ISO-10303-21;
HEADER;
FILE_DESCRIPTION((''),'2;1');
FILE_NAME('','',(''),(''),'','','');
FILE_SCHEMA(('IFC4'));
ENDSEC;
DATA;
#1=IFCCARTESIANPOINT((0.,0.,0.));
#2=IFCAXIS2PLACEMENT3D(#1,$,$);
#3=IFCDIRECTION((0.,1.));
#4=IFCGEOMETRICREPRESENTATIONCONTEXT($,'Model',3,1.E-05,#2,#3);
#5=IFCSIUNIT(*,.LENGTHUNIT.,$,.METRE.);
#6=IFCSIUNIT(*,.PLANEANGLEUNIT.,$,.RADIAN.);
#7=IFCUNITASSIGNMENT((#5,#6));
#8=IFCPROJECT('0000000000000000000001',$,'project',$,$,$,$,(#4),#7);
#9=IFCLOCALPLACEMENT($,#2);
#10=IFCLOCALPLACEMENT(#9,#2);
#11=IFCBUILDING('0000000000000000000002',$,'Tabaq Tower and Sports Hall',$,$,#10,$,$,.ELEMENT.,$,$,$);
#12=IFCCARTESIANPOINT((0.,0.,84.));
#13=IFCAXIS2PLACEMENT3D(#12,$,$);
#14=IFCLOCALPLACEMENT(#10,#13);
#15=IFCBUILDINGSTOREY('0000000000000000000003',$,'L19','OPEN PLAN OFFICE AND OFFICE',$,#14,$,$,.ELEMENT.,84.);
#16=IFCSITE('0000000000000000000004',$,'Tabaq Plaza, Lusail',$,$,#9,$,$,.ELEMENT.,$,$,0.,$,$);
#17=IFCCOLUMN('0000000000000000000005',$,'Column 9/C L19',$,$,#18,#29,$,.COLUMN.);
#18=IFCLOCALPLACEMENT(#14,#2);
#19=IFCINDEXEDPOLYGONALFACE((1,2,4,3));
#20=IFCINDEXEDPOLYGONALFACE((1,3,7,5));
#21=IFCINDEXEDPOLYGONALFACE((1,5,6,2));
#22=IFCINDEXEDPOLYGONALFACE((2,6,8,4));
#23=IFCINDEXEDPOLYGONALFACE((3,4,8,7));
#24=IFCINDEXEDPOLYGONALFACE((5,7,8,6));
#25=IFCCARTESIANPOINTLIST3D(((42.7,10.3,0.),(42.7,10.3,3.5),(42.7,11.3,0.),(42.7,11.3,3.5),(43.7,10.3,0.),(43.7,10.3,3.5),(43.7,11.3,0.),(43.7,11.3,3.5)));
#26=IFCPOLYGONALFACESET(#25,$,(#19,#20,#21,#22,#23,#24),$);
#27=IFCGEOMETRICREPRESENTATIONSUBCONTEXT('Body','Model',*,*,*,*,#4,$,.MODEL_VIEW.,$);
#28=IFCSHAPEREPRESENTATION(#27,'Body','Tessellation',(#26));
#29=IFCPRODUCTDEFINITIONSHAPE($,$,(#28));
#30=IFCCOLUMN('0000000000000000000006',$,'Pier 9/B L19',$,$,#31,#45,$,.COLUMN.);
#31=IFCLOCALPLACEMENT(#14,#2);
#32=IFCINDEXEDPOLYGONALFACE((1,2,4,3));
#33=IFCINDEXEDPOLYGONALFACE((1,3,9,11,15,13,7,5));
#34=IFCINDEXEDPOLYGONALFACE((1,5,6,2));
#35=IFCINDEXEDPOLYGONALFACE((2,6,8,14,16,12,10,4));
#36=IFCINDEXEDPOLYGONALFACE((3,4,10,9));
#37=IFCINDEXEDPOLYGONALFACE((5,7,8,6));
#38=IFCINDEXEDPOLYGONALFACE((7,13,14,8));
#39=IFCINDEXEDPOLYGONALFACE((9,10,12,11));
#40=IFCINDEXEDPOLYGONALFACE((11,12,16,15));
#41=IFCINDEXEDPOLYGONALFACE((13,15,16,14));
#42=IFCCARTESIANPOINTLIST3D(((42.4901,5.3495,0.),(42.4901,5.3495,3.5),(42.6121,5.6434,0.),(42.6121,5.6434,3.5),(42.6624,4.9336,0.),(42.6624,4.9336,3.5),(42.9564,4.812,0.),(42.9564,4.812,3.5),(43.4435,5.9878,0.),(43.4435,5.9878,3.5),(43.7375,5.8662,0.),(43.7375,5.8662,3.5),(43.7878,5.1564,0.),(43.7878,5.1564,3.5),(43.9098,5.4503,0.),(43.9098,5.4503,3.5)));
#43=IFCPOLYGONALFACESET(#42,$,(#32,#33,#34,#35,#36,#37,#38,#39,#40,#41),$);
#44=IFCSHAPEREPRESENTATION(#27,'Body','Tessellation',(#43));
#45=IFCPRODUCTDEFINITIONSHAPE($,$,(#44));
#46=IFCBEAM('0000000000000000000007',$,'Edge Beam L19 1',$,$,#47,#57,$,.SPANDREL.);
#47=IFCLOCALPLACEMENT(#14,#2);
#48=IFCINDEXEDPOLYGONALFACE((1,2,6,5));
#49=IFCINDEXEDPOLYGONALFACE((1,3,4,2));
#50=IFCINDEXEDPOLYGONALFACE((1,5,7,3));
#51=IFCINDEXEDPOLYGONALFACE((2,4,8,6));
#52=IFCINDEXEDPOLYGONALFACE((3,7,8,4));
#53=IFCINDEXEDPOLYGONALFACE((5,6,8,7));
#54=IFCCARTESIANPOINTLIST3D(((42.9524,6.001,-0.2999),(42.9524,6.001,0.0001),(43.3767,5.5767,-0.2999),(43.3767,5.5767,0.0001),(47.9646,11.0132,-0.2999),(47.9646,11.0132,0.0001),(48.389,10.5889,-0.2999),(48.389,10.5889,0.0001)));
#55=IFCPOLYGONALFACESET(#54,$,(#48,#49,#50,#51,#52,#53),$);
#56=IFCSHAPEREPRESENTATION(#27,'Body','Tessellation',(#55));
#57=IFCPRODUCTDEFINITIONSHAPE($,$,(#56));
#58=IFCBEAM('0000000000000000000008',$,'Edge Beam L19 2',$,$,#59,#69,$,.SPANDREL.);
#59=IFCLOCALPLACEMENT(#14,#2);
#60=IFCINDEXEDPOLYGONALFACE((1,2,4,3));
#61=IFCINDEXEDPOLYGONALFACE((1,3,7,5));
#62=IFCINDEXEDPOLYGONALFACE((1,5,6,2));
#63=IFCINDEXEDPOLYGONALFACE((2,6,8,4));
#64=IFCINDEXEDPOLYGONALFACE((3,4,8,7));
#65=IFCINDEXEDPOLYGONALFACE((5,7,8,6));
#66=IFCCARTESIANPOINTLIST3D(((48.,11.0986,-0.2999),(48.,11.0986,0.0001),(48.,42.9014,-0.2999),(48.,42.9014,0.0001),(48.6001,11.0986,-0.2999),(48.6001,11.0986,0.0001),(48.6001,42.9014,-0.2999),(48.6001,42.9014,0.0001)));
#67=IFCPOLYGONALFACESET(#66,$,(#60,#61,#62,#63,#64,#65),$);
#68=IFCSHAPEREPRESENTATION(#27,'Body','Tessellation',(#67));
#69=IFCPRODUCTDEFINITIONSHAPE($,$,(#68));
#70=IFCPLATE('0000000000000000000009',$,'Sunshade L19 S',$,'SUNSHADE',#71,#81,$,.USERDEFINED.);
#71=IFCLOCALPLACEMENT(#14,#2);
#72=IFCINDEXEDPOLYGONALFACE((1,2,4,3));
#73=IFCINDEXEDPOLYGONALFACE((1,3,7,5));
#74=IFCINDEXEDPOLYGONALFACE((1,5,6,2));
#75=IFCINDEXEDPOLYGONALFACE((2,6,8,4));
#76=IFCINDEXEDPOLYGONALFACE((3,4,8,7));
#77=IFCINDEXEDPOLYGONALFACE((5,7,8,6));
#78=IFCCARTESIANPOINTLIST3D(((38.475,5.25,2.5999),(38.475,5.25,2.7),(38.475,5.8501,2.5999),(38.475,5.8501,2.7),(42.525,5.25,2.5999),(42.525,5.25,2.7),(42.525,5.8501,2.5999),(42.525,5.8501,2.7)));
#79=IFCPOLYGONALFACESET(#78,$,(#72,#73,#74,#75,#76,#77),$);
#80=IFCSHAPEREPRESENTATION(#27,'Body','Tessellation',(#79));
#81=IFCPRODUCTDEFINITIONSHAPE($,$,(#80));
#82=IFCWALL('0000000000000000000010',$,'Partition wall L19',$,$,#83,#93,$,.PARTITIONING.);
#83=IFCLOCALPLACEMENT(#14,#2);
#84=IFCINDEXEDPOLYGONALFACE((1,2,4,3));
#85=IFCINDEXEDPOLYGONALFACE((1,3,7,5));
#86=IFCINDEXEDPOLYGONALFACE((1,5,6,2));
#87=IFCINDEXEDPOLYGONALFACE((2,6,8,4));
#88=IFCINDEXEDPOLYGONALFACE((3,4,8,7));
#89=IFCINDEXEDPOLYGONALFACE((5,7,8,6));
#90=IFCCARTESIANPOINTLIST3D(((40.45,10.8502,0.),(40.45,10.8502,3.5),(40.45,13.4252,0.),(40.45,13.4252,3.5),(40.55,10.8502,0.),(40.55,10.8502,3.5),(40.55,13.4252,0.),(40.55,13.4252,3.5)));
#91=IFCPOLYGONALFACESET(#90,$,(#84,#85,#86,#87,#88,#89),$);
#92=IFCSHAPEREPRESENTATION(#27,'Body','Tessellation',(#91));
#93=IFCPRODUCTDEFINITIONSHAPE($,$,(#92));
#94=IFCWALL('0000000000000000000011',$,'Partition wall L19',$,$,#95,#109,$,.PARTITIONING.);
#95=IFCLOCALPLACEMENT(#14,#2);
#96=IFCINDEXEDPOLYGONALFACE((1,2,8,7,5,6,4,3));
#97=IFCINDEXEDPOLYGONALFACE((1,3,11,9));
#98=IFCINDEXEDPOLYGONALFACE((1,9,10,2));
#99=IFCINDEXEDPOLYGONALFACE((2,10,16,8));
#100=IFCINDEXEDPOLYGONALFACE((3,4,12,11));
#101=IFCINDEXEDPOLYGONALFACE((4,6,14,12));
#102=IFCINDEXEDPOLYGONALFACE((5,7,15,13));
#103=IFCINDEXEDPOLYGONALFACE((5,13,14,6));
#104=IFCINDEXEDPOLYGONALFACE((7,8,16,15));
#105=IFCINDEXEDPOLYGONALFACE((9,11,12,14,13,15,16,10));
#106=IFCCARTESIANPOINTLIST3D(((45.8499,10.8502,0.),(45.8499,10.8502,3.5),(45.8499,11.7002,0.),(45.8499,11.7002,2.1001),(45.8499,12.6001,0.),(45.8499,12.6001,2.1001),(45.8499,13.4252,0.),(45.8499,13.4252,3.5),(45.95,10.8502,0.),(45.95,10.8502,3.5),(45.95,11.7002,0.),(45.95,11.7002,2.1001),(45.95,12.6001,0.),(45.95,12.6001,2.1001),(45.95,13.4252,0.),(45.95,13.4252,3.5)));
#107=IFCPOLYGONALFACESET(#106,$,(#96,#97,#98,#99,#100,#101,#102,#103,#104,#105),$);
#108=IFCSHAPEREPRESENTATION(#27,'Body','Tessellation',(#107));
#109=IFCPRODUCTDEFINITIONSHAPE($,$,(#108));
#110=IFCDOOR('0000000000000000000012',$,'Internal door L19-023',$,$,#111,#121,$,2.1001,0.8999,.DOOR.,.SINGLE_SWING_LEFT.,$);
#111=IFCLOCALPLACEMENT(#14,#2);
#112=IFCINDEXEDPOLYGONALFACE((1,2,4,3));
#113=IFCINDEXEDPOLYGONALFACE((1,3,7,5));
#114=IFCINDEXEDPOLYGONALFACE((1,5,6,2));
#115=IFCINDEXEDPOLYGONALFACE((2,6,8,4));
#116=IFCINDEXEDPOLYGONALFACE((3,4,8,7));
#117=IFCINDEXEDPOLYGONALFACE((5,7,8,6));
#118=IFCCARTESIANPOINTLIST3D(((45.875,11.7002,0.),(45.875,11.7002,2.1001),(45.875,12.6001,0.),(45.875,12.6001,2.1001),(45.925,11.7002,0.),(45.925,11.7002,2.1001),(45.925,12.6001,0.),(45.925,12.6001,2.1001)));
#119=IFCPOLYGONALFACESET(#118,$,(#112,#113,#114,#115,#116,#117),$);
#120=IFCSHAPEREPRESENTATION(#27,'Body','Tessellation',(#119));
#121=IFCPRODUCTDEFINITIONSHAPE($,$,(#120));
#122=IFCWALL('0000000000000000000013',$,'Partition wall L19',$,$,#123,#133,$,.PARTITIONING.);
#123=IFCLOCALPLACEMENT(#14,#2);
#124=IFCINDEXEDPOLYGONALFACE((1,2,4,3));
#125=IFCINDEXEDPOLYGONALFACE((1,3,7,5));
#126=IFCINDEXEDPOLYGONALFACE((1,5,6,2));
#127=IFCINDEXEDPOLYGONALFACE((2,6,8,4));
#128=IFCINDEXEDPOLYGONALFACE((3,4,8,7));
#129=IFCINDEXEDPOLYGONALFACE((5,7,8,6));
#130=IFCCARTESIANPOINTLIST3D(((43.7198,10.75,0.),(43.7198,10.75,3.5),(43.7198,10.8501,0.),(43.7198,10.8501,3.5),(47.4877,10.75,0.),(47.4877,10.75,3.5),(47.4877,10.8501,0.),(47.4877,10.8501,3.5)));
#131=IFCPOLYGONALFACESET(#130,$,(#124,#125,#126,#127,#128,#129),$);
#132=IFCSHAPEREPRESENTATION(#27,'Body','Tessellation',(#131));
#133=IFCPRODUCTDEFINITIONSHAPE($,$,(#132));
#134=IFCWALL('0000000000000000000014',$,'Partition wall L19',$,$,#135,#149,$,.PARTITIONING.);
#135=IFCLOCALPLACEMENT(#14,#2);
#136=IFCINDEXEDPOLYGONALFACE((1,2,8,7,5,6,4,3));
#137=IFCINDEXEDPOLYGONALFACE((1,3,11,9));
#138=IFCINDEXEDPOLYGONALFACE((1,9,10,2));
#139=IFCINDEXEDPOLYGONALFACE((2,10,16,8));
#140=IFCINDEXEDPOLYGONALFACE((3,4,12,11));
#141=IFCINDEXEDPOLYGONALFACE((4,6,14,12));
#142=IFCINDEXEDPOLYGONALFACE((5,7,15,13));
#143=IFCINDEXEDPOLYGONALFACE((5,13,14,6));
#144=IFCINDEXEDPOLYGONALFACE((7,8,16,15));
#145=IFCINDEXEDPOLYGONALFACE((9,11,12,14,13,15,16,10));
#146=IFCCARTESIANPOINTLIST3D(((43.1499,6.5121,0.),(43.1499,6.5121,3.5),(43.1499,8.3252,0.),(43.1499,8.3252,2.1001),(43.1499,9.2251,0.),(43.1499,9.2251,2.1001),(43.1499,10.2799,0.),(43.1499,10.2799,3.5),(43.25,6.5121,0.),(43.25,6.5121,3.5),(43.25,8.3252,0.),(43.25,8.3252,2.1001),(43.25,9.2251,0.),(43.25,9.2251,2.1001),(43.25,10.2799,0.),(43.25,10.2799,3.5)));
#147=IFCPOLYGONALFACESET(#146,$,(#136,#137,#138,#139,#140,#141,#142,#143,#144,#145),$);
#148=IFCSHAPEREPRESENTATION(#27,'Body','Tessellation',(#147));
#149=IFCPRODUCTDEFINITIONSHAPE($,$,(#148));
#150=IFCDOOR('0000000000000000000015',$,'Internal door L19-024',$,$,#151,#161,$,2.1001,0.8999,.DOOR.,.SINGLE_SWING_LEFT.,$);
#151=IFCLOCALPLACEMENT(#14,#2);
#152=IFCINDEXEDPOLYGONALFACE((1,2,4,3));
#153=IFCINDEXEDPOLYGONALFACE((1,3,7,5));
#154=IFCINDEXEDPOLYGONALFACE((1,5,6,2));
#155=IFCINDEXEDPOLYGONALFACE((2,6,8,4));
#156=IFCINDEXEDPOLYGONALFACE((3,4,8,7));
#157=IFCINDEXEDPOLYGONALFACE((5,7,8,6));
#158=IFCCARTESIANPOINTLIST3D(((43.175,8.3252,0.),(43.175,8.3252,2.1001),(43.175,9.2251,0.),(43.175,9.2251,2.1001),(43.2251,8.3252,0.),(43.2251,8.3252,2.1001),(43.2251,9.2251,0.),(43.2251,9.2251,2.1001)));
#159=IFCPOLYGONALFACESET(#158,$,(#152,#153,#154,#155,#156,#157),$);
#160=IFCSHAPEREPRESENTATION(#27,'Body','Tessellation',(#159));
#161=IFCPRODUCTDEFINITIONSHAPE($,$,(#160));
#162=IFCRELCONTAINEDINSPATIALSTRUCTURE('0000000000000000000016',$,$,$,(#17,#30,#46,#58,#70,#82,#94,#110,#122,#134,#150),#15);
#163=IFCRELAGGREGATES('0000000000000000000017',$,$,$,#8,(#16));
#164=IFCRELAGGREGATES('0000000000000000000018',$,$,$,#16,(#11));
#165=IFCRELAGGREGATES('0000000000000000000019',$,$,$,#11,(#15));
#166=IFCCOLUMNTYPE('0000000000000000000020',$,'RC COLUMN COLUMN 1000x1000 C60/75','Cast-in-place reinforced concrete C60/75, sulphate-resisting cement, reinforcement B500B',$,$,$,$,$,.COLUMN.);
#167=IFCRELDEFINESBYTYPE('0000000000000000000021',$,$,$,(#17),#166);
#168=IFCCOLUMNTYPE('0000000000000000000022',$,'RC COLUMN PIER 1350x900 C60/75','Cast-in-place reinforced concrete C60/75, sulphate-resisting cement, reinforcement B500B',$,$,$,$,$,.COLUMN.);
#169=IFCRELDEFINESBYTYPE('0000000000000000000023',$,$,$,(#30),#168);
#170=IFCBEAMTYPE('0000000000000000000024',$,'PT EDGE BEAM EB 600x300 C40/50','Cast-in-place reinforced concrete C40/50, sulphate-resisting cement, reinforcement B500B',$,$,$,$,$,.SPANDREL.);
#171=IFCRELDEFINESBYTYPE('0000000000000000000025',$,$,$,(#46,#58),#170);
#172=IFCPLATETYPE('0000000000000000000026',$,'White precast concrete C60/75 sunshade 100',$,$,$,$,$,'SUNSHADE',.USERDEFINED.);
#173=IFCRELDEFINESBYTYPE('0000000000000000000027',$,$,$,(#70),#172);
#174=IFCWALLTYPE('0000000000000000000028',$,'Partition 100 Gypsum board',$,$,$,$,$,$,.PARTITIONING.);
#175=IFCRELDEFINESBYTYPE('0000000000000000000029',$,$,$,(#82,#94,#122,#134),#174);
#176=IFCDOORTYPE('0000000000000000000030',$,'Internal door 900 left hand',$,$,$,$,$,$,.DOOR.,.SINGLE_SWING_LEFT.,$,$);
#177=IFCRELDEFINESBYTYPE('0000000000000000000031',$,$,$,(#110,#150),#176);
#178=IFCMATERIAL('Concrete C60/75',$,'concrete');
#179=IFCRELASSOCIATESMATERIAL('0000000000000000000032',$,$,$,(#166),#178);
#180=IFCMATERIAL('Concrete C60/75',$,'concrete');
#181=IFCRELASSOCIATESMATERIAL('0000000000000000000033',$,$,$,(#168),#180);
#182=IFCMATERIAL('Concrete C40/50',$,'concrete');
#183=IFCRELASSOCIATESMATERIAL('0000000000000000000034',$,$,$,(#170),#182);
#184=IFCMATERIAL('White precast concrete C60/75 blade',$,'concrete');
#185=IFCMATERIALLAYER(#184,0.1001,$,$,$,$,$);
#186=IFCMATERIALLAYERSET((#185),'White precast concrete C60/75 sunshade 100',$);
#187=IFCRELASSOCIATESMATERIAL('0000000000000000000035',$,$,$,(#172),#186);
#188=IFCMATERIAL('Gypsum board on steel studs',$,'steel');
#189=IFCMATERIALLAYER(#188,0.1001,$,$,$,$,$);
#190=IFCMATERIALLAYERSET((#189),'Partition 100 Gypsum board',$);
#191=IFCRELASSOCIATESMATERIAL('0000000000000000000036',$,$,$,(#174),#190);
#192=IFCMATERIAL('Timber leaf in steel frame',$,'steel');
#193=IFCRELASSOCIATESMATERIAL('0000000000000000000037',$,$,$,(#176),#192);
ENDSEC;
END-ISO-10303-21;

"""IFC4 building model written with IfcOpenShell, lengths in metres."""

from ifc_helpers import new_model, si_unit, direction, frame, frame_2d, origin, origin_2d, place, context, subcontext, project, spatial, polyline, rectangle, outline, extrude, material, layer, layer_set, material_profile, profile_set, type_object, element, fill, save


model = new_model("IFC4")

# Units and contexts
model_context = context("Model", 3, precision=1e-05, world=origin(), true_north=direction((0.0, 1.0)))
body_context = subcontext(model_context, "Body", "Model", "MODEL_VIEW")
ifc_project = project(units=[si_unit("LENGTHUNIT", "METRE"), si_unit("PLANEANGLEUNIT", "RADIAN")], contexts=[model_context])

# Site, building, storey
site_placement = place(None, origin())
site = spatial("IfcSite", under=ifc_project, at=site_placement, Name="Tabaq Plaza, Lusail", CompositionType="ELEMENT", RefElevation=0.0)
building_placement = place(site_placement, origin())
building = spatial("IfcBuilding", under=site, at=building_placement, Name="Tabaq Tower and Sports Hall", CompositionType="ELEMENT")
storey_placement = place(building_placement, frame((0.0, 0.0, 84.0)))
storey = spatial("IfcBuildingStorey", under=building, at=storey_placement, Name="L19", Description="OPEN PLAN OFFICE AND OFFICE", CompositionType="ELEMENT", Elevation=84.0)

# Columns
ifc_material_1 = material(Name="Concrete C60/75", Category="concrete")
ifc_material_profile_1 = material_profile(ifc_material_1, rectangle(XDim=1.0, YDim=1.0, at=origin_2d()), Name="COLUMN 1000x1000")
ifc_profile_set_1 = profile_set([ifc_material_profile_1], Name="Concrete C60/75")
column_type_1 = type_object("IfcColumnType", Name="RC COLUMN COLUMN 1000x1000 C60/75", Description="Cast-in-place reinforced concrete C60/75, sulphate-resisting cement, reinforcement B500B", PredefinedType="COLUMN", material=ifc_profile_set_1)
column_1_placement = place(storey_placement, frame((43.2, 10.8, 0.0), z_axis=(0.0, 0.0, 1.0), x_axis=(1.0, 0.0, 0.0)))
element("IfcColumn", 1, at=column_1_placement, inside=storey, type_object=column_type_1, Name="Column 9/C L19", PredefinedType="COLUMN", context=body_context, shape_type="SweptSolid", body=[
    extrude(rectangle(XDim=1.0, YDim=1.0, at=origin_2d()), origin(), (0.0, 0.0, 1.0), 3.5),
])
ifc_material_2 = material(Name="Concrete C60/75", Category="concrete")
ifc_material_profile_2 = material_profile(ifc_material_2, outline(polyline([(-0.45, -0.45), (0.45, -0.45), (0.675, -0.2251), (0.675, 0.2251), (0.45, 0.45), (-0.45, 0.45), (-0.675, 0.2251), (-0.675, -0.2251), (-0.45, -0.45)])), Name="PIER 1350x900")
ifc_profile_set_2 = profile_set([ifc_material_profile_2], Name="Concrete C60/75")
column_type_2 = type_object("IfcColumnType", Name="RC COLUMN PIER 1350x900 C60/75", Description="Cast-in-place reinforced concrete C60/75, sulphate-resisting cement, reinforcement B500B", PredefinedType="COLUMN", material=ifc_profile_set_2)
column_2_placement = place(storey_placement, frame((43.2, 5.3999, 0.0), z_axis=(0.0, 0.0, 1.0), x_axis=(0.92388, 0.382683, 0.0)))
element("IfcColumn", 2, at=column_2_placement, inside=storey, type_object=column_type_2, Name="Pier 9/B L19", PredefinedType="COLUMN", context=body_context, shape_type="SweptSolid", body=[
    extrude(outline(polyline([(-0.45, -0.45), (0.45, -0.45), (0.675, -0.2251), (0.675, 0.2251), (0.45, 0.45), (-0.45, 0.45), (-0.675, 0.2251), (-0.675, -0.2251), (-0.45, -0.45)])), origin(), (0.0, 0.0, 1.0), 3.5),
])

# Beams
ifc_material_3 = material(Name="Concrete C40/50", Category="concrete")
ifc_material_profile_3 = material_profile(ifc_material_3, rectangle(XDim=0.6001, YDim=0.3, at=origin_2d()), Name="EB 600x300")
ifc_profile_set_3 = profile_set([ifc_material_profile_3], Name="Concrete C40/50")
beam_type = type_object("IfcBeamType", Name="PT EDGE BEAM EB 600x300 C40/50", Description="Cast-in-place reinforced concrete C40/50, sulphate-resisting cement, reinforcement B500B", PredefinedType="SPANDREL", material=ifc_profile_set_3)
beam_1_placement = place(storey_placement, frame((43.1646, 5.7888, -0.1499), z_axis=(0.707107, 0.707107, 0.0), x_axis=(-0.707107, 0.707107, 0.0)))
element("IfcBeam", 3, at=beam_1_placement, inside=storey, type_object=beam_type, Name="Edge Beam L19 1", PredefinedType="SPANDREL", context=body_context, shape_type="SweptSolid", body=[
    extrude(rectangle(XDim=0.6001, YDim=0.3, at=origin_2d()), origin(), (0.0, 0.0, 1.0), 7.0884),
])
beam_2_placement = place(storey_placement, frame((48.3, 11.0986, -0.1499), z_axis=(0.0, 1.0, 0.0), x_axis=(-1.0, 0.0, 0.0)))
element("IfcBeam", 4, at=beam_2_placement, inside=storey, type_object=beam_type, Name="Edge Beam L19 2", PredefinedType="SPANDREL", context=body_context, shape_type="SweptSolid", body=[
    extrude(rectangle(XDim=0.6001, YDim=0.3, at=origin_2d()), origin(), (0.0, 0.0, 1.0), 31.8027),
])

# Plate
ifc_material_4 = material(Name="White precast concrete C60/75 blade", Category="concrete")
ifc_layer_1 = layer(ifc_material_4, 0.1001)
ifc_layer_set_1 = layer_set([ifc_layer_1], Name="White precast concrete C60/75 sunshade 100")
plate_type = type_object("IfcPlateType", Name="White precast concrete C60/75 sunshade 100", ElementType="SUNSHADE", PredefinedType="USERDEFINED", material=ifc_layer_set_1)
plate_placement = place(storey_placement, frame((40.5, 5.55, 2.5999), z_axis=(0.0, 0.0, 1.0), x_axis=(1.0, 0.0, 0.0)))
element("IfcPlate", 5, at=plate_placement, inside=storey, type_object=plate_type, Name="Sunshade L19 S", ObjectType="SUNSHADE", PredefinedType="USERDEFINED", context=body_context, shape_type="SweptSolid", body=[
    extrude(rectangle(XDim=4.05, YDim=0.6001, at=origin_2d()), origin(), (0.0, 0.0, 1.0), 0.1001),
])

# Wall
ifc_material_5 = material(Name="Gypsum board on steel studs", Category="steel")
ifc_layer_2 = layer(ifc_material_5, 0.1001)
ifc_layer_set_2 = layer_set([ifc_layer_2], Name="Partition 100 Gypsum board")
wall_type_1 = type_object("IfcWallType", Name="Partition 100 Gypsum board", PredefinedType="PARTITIONING", material=ifc_layer_set_2)
wall_1_placement = place(storey_placement, frame((40.5, 10.8501, 0.0), z_axis=(0.0, 0.0, 1.0), x_axis=(0.0, 1.0, 0.0)))
element("IfcWall", 6, at=wall_1_placement, inside=storey, type_object=wall_type_1, Name="Partition wall L19", PredefinedType="PARTITIONING", context=body_context, shape_type="SweptSolid", body=[
    extrude(rectangle(XDim=2.575, YDim=0.1001, at=frame_2d((1.2876, 0.0))), origin(), (0.0, 0.0, 1.0), 3.5),
])

# Wall, opening, door
wall_2_placement = place(storey_placement, frame((45.8999, 10.8501, 0.0), z_axis=(0.0, 0.0, 1.0), x_axis=(0.0, 1.0, 0.0)))
wall_2 = element("IfcWall", 7, at=wall_2_placement, inside=storey, type_object=wall_type_1, Name="Partition wall L19", PredefinedType="PARTITIONING", context=body_context, shape_type="SweptSolid", body=[
    extrude(rectangle(XDim=2.575, YDim=0.1001, at=frame_2d((1.2876, 0.0))), origin(), (0.0, 0.0, 1.0), 3.5),
])
opening_1_placement = place(wall_2_placement, frame((0.8501, 0.0, 0.0)))
opening_1 = element("IfcOpeningElement", 8, at=opening_1_placement, cuts=wall_2, PredefinedType="OPENING", context=body_context, shape_type="SweptSolid", body=[
    extrude(rectangle(XDim=0.8999, YDim=2.1001, at=frame_2d((0.45, 1.05))), frame((0.0, 0.05, 0.0), z_axis=(0.0, -1.0, 0.0), x_axis=(1.0, 0.0, 0.0)), (0.0, 0.0, 1.0), 0.1001),
])
ifc_material_6 = material(Name="Timber leaf in steel frame", Category="steel")
door_type = type_object("IfcDoorType", Name="Internal door 900 left hand", OperationType="SINGLE_SWING_LEFT", PredefinedType="DOOR", material=ifc_material_6)
door_1_placement = place(opening_1_placement, origin())
door_1 = element("IfcDoor", 9, at=door_1_placement, inside=storey, type_object=door_type, Name="Internal door L19-023", OperationType="SINGLE_SWING_LEFT", OverallHeight=2.1001, OverallWidth=0.8999, PredefinedType="DOOR", context=body_context, shape_type="SweptSolid", body=[
    extrude(rectangle(XDim=0.8999, YDim=2.1001, at=frame_2d((0.45, 1.05))), frame((0.0, 0.0249, 0.0), z_axis=(0.0, -1.0, 0.0), x_axis=(1.0, 0.0, 0.0)), (0.0, 0.0, 1.0), 0.05),
])
fill(opening_1, door_1)

# Wall
wall_3_placement = place(storey_placement, frame((43.72, 10.8, 0.0), z_axis=(0.0, 0.0, 1.0), x_axis=(1.0, 0.0, 0.0)))
element("IfcWall", 10, at=wall_3_placement, inside=storey, type_object=wall_type_1, Name="Partition wall L19", PredefinedType="PARTITIONING", context=body_context, shape_type="SweptSolid", body=[
    extrude(rectangle(XDim=3.7678, YDim=0.1001, at=frame_2d((1.8838, 0.0))), origin(), (0.0, 0.0, 1.0), 3.5),
])

# Wall, opening, door
wall_4_placement = place(storey_placement, frame((43.2, 6.5122, 0.0), z_axis=(0.0, 0.0, 1.0), x_axis=(0.0, 1.0, 0.0)))
wall_4 = element("IfcWall", 11, at=wall_4_placement, inside=storey, type_object=wall_type_1, Name="Partition wall L19", PredefinedType="PARTITIONING", context=body_context, shape_type="SweptSolid", body=[
    extrude(rectangle(XDim=3.7678, YDim=0.1001, at=frame_2d((1.8838, 0.0))), origin(), (0.0, 0.0, 1.0), 3.5),
])
opening_2_placement = place(wall_4_placement, frame((1.813, 0.0, 0.0)))
opening_2 = element("IfcOpeningElement", 12, at=opening_2_placement, cuts=wall_4, PredefinedType="OPENING", context=body_context, shape_type="SweptSolid", body=[
    extrude(rectangle(XDim=0.8999, YDim=2.1001, at=frame_2d((0.45, 1.05))), frame((0.0, 0.05, 0.0), z_axis=(0.0, -1.0, 0.0), x_axis=(1.0, 0.0, 0.0)), (0.0, 0.0, 1.0), 0.1001),
])
door_2_placement = place(opening_2_placement, origin())
door_2 = element("IfcDoor", 13, at=door_2_placement, inside=storey, type_object=door_type, Name="Internal door L19-024", OperationType="SINGLE_SWING_LEFT", OverallHeight=2.1001, OverallWidth=0.8999, PredefinedType="DOOR", context=body_context, shape_type="SweptSolid", body=[
    extrude(rectangle(XDim=0.8999, YDim=2.1001, at=frame_2d((0.45, 1.05))), frame((0.0, 0.0249, 0.0), z_axis=(0.0, -1.0, 0.0), x_axis=(1.0, 0.0, 0.0)), (0.0, 0.0, 1.0), 0.05),
])
fill(opening_2, door_2)

save(model, "model.ifc")
